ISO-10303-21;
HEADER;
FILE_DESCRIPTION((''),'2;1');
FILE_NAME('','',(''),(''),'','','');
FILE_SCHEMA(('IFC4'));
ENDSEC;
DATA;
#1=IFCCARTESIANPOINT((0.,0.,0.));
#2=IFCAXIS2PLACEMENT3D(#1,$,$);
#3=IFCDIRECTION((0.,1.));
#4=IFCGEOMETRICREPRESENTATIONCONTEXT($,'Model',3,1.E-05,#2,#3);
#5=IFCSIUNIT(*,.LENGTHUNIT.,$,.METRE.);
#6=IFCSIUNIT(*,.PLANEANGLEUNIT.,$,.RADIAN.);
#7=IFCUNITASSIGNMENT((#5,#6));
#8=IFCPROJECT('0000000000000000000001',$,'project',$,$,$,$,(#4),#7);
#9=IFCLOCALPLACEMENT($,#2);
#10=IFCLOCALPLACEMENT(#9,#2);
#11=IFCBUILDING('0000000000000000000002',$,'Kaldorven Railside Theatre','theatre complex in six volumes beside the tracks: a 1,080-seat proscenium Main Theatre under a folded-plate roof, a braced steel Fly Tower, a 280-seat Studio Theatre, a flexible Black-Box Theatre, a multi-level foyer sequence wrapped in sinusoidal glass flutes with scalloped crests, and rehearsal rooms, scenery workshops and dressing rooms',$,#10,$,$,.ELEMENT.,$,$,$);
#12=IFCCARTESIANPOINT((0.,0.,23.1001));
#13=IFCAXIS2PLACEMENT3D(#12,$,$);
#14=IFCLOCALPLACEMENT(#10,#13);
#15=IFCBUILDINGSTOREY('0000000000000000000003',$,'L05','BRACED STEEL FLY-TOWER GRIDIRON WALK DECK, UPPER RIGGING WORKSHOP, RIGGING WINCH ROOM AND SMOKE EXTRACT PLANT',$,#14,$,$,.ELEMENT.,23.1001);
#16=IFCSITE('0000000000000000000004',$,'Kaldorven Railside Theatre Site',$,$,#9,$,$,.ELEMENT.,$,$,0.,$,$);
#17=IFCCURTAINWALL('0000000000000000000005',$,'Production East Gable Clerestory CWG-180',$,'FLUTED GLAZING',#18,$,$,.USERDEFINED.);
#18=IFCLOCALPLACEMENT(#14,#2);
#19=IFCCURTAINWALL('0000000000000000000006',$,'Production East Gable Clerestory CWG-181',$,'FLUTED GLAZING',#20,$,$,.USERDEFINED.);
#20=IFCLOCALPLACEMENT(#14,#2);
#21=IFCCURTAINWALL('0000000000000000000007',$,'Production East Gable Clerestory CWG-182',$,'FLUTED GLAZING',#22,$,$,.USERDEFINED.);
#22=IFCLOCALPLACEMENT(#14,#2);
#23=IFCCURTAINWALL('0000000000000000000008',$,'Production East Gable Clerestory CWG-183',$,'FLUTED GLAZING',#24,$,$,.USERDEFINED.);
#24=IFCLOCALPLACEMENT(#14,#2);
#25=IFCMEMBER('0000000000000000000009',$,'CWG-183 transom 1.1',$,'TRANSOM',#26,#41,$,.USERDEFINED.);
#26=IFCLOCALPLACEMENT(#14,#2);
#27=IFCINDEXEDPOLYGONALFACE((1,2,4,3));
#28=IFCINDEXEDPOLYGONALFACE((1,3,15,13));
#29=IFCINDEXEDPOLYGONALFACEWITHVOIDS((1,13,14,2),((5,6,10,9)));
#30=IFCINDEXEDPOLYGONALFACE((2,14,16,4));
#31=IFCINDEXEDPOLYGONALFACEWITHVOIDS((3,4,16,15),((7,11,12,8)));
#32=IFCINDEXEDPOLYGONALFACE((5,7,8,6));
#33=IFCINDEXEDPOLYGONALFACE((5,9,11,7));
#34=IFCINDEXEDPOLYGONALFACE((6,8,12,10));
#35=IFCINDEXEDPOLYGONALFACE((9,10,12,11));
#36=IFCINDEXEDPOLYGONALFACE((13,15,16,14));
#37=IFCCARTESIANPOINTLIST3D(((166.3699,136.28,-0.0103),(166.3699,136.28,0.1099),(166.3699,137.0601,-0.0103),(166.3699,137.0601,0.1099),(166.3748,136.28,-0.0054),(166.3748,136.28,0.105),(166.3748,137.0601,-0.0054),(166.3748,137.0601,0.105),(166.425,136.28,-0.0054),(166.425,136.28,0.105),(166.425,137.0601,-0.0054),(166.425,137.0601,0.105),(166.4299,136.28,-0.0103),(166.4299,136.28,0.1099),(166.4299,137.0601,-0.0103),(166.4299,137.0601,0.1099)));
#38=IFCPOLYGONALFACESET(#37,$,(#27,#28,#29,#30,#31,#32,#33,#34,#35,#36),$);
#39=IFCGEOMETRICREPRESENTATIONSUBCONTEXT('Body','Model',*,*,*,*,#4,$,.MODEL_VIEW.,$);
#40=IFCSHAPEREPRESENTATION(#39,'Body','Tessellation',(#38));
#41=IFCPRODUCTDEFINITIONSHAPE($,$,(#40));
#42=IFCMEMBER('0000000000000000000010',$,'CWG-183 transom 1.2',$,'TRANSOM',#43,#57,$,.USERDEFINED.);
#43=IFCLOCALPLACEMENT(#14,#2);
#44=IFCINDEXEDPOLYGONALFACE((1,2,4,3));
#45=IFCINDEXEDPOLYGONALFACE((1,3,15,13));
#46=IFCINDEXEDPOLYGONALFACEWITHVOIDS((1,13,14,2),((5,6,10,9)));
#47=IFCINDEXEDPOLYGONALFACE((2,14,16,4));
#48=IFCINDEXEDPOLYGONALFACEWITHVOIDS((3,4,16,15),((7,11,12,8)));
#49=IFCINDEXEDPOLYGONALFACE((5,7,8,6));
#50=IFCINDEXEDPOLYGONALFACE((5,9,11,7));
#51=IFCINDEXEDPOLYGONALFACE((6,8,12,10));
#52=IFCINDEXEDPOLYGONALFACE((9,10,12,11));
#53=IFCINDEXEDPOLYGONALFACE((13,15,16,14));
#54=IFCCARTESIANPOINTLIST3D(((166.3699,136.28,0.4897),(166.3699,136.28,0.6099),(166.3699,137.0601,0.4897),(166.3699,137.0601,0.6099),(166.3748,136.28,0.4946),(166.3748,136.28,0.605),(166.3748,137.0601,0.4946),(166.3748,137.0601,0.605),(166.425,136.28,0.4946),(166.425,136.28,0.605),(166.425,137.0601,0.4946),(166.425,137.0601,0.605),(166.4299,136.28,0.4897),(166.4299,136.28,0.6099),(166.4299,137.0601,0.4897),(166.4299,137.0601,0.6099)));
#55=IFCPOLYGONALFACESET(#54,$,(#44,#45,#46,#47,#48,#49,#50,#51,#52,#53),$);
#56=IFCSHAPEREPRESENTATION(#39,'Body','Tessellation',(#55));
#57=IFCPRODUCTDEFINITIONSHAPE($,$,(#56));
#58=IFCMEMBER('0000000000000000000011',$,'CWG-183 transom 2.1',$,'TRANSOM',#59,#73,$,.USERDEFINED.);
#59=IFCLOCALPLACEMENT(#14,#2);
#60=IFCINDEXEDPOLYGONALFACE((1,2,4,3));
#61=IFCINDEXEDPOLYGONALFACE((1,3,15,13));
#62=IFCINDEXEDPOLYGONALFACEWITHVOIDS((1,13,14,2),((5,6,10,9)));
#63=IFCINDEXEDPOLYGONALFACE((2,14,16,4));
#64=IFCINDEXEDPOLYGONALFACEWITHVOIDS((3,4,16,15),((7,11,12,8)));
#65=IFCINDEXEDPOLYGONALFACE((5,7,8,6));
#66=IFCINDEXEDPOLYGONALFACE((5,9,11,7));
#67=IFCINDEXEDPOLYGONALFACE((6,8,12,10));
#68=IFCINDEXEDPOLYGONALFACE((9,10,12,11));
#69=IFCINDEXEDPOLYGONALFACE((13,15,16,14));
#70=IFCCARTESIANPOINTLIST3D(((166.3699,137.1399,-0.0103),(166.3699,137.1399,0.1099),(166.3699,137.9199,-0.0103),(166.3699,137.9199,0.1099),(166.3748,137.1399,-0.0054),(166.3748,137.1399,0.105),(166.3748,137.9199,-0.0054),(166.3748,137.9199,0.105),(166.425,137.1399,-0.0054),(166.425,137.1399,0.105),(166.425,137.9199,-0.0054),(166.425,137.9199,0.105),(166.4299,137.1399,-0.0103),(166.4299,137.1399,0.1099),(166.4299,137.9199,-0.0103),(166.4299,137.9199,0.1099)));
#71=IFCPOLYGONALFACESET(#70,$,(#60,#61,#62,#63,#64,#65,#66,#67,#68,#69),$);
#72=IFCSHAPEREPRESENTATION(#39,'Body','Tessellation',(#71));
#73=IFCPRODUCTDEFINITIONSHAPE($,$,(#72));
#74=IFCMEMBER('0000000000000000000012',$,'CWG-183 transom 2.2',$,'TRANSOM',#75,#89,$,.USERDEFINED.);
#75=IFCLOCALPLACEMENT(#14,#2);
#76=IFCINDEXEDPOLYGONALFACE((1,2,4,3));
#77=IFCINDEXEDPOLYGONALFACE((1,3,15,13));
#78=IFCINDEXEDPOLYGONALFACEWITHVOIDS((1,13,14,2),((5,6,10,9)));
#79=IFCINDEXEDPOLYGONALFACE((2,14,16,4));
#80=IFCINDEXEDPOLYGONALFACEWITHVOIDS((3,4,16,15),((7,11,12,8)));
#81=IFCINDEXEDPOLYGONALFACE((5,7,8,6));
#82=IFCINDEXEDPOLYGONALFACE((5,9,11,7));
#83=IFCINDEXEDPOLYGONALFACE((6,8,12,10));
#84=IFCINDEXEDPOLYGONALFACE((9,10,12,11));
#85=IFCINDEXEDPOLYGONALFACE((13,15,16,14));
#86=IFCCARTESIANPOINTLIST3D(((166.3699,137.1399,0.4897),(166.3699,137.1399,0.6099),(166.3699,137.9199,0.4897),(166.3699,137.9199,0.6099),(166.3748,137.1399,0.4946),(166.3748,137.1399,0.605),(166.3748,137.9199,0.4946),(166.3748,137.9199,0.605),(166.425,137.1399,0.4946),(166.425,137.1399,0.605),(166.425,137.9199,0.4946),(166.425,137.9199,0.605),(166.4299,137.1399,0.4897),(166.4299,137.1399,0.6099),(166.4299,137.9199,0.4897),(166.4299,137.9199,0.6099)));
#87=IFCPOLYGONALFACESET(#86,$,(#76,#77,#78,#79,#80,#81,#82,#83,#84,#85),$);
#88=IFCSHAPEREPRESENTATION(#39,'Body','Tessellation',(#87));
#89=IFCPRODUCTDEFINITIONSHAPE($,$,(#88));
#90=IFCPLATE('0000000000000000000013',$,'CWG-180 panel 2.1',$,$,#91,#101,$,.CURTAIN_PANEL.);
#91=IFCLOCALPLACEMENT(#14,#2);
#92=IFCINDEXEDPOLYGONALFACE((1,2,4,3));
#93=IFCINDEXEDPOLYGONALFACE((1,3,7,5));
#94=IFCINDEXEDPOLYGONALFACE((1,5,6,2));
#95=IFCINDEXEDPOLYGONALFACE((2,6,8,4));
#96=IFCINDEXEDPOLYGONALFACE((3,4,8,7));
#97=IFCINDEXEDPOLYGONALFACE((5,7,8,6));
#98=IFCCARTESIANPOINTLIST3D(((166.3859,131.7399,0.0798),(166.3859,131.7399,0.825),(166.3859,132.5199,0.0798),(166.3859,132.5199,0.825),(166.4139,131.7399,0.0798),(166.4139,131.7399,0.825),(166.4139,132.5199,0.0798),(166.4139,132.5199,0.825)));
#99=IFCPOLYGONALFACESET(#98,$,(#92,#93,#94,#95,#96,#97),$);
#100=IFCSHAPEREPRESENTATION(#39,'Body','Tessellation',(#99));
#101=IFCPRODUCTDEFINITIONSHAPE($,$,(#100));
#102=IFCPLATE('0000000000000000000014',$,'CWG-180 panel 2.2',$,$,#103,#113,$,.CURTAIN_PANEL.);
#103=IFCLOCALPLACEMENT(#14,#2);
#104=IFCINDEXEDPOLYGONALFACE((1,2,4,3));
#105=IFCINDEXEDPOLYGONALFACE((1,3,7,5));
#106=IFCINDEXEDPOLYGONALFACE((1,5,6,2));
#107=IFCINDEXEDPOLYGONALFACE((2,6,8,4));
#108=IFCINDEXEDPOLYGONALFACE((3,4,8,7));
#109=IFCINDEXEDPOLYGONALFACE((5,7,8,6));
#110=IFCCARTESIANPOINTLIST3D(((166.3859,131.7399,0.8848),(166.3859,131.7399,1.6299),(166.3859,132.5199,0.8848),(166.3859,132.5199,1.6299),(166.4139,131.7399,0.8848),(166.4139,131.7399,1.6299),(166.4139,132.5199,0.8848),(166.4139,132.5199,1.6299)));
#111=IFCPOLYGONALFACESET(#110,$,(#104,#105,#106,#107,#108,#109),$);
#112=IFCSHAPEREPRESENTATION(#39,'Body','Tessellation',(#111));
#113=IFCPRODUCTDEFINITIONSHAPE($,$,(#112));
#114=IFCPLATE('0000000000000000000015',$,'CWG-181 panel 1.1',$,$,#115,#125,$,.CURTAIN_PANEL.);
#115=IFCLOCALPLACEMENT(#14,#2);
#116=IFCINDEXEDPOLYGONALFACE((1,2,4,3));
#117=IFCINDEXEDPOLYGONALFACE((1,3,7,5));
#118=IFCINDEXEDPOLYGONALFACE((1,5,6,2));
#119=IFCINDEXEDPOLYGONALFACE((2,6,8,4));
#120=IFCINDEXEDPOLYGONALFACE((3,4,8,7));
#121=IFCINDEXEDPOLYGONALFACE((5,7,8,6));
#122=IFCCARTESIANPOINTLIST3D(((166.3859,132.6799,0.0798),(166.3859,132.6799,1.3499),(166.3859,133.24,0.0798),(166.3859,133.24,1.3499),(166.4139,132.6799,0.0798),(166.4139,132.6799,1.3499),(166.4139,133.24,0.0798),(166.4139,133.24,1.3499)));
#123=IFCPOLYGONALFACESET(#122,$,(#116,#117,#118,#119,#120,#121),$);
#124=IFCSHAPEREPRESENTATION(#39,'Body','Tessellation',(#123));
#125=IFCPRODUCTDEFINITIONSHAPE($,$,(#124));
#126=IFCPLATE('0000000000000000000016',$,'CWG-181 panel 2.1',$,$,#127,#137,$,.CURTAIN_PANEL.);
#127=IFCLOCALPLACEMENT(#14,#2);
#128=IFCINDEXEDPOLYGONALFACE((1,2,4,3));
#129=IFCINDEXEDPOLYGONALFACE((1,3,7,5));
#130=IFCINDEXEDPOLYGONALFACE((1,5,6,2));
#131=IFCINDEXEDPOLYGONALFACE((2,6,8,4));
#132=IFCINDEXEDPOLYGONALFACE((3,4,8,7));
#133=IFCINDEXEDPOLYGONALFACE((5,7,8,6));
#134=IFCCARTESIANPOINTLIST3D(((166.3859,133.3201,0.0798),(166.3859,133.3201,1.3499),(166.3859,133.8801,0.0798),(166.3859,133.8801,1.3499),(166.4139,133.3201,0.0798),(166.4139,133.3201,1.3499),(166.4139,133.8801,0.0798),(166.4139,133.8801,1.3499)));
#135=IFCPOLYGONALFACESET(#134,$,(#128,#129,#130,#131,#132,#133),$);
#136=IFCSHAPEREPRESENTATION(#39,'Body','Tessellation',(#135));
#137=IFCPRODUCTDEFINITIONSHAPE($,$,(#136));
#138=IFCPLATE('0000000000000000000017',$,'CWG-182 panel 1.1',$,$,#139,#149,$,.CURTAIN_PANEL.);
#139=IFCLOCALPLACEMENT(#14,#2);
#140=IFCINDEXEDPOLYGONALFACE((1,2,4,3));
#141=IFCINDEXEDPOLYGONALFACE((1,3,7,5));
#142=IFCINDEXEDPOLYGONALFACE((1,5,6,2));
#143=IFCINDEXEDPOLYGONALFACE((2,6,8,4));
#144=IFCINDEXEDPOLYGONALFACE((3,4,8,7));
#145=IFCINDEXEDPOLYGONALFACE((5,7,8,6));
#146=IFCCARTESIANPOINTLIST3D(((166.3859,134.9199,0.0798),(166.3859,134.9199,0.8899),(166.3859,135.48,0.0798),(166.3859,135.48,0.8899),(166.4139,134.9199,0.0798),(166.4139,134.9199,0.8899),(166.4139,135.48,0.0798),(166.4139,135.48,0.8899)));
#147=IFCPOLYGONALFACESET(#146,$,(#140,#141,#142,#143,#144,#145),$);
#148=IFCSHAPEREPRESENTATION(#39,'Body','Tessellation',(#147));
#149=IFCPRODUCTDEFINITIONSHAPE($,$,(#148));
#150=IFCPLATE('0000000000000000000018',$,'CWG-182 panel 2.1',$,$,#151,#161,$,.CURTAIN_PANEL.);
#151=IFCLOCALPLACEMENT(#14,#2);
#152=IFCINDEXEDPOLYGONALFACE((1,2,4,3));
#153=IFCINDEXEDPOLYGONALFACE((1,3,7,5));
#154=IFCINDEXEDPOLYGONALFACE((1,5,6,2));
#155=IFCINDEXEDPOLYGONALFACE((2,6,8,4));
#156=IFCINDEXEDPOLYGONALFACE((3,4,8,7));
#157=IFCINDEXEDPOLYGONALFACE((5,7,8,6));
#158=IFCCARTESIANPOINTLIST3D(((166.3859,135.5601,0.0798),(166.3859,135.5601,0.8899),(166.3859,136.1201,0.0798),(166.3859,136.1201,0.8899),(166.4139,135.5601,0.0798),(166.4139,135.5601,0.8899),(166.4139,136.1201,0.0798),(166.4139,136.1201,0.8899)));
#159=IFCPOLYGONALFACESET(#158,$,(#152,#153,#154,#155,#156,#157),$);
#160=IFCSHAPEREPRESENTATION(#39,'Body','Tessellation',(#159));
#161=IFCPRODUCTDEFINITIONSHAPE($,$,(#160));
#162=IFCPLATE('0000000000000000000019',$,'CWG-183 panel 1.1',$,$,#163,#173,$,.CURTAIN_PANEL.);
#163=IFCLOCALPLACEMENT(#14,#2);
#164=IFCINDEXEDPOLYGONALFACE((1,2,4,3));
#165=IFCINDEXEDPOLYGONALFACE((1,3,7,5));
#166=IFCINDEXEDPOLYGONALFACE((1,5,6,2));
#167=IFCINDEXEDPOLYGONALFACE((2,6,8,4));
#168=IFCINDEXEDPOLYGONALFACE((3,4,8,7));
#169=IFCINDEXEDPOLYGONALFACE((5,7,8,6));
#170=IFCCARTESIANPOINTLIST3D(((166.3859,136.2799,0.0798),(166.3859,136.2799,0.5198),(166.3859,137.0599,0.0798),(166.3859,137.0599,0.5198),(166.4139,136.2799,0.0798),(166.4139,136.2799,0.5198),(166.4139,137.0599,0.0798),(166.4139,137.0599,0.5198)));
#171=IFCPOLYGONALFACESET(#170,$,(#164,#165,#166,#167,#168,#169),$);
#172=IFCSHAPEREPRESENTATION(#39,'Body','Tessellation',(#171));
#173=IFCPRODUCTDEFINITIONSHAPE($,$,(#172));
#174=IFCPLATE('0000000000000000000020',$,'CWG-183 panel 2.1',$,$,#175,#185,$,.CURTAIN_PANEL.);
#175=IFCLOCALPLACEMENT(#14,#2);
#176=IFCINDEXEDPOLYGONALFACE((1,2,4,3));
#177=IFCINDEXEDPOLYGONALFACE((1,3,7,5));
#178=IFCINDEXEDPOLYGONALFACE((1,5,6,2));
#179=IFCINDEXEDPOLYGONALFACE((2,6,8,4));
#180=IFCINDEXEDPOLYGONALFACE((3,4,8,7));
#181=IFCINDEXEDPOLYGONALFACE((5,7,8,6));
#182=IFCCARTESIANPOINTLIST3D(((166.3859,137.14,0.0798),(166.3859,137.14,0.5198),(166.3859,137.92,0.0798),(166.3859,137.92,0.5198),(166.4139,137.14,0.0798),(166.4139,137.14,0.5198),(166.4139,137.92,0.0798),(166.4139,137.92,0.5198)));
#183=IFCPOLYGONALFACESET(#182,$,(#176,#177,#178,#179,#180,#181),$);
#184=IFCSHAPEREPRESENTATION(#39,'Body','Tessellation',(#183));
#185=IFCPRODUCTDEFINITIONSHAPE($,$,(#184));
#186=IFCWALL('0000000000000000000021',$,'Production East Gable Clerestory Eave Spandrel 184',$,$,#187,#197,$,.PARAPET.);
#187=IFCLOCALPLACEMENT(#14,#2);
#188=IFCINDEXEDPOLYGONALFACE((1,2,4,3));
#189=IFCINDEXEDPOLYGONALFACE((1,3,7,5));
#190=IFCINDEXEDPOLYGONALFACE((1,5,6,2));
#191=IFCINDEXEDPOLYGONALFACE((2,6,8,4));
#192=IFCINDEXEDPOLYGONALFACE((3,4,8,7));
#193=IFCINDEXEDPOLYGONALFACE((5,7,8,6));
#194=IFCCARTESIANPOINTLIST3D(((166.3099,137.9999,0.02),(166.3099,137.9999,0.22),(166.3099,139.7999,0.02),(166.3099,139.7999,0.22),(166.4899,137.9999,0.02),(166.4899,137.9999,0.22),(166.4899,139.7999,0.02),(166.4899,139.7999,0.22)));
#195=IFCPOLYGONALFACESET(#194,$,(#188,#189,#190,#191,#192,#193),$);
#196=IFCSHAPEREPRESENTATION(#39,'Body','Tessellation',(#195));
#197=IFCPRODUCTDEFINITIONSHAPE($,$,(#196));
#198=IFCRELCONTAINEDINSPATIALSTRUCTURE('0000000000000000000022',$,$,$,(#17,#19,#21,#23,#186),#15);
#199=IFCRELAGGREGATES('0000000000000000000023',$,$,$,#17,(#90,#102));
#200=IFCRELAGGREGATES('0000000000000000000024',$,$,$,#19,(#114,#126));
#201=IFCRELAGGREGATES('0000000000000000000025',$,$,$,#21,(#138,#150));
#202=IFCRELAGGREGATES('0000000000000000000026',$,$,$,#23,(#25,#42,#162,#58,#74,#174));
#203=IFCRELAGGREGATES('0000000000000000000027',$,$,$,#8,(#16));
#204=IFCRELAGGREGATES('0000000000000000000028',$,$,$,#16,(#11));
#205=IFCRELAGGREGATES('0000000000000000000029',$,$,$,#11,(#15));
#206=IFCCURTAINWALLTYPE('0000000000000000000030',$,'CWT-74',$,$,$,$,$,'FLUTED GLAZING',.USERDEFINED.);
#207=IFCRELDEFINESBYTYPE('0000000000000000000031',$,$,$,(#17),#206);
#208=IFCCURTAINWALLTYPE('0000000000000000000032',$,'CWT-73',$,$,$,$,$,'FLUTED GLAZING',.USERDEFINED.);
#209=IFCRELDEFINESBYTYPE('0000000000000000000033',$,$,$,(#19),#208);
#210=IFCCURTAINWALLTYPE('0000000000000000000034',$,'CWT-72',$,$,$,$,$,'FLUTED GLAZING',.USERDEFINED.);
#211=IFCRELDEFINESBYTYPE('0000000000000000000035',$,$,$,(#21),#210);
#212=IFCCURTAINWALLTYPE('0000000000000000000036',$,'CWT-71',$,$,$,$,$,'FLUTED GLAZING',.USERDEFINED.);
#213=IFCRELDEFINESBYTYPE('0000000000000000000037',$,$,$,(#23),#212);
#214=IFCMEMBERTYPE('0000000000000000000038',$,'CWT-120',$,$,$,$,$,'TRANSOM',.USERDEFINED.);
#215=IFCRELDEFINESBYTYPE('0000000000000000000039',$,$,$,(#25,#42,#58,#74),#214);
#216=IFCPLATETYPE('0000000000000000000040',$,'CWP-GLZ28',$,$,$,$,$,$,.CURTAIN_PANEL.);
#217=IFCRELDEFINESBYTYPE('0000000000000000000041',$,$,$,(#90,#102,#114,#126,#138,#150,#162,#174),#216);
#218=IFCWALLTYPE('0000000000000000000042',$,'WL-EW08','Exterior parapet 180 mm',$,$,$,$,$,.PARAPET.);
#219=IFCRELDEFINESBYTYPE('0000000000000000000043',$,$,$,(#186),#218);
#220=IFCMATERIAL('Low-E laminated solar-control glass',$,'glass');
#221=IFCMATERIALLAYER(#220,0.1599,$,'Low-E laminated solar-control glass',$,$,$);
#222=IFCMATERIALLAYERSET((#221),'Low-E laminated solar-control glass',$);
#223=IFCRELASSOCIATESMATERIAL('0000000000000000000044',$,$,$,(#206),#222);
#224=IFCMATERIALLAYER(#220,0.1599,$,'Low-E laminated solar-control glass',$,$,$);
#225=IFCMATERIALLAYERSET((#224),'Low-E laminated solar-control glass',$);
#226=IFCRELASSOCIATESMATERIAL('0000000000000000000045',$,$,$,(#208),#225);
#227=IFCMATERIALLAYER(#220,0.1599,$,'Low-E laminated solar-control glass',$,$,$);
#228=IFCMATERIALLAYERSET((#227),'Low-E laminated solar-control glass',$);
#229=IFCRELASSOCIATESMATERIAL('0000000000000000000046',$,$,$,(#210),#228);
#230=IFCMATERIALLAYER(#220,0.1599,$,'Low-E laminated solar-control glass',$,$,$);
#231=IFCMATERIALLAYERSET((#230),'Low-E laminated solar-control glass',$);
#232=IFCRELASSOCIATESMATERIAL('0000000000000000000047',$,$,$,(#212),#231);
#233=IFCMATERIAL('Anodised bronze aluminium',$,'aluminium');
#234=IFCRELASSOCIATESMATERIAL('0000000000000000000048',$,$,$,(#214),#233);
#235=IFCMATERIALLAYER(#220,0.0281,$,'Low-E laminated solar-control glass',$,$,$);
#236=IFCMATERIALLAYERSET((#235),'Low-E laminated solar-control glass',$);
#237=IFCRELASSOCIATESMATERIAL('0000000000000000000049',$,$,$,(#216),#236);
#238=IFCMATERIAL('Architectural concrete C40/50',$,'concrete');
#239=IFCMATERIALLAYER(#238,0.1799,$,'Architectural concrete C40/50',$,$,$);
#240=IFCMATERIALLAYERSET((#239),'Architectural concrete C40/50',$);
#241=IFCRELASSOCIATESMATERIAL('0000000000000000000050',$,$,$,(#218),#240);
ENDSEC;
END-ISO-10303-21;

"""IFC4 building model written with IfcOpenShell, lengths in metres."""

from ifc_helpers import new_model, si_unit, direction, frame, frame_2d, origin, origin_2d, place, context, subcontext, project, spatial, rectangle, hollow_rectangle, extrude, material, layer, layer_set, material_profile, profile_set, type_object, element, aggregate, save


model = new_model("IFC4")

# Units and contexts
model_context = context("Model", 3, precision=1e-05, world=origin(), true_north=direction((0.0, 1.0)))
body_context = subcontext(model_context, "Body", "Model", "MODEL_VIEW")
ifc_project = project(units=[si_unit("LENGTHUNIT", "METRE"), si_unit("PLANEANGLEUNIT", "RADIAN")], contexts=[model_context])

# Site, building, storey
site_placement = place(None, origin())
site = spatial("IfcSite", under=ifc_project, at=site_placement, Name="Kaldorven Railside Theatre Site", CompositionType="ELEMENT", RefElevation=0.0)
building_placement = place(site_placement, origin())
building = spatial("IfcBuilding", under=site, at=building_placement, Name="Kaldorven Railside Theatre", Description="theatre complex in six volumes beside the tracks: a 1,080-seat proscenium Main Theatre under a folded-plate roof, a braced steel Fly Tower, a 280-seat Studio Theatre, a flexible Black-Box Theatre, a multi-level foyer sequence wrapped in sinusoidal glass flutes with scalloped crests, and rehearsal rooms, scenery workshops and dressing rooms", CompositionType="ELEMENT")
storey_placement = place(building_placement, frame((0.0, 0.0, 23.1001)))
storey = spatial("IfcBuildingStorey", under=building, at=storey_placement, Name="L05", Description="BRACED STEEL FLY-TOWER GRIDIRON WALK DECK, UPPER RIGGING WORKSHOP, RIGGING WINCH ROOM AND SMOKE EXTRACT PLANT", CompositionType="ELEMENT", Elevation=23.1001)

# Curtain walls
ifc_material_1 = material(Name="Low-E laminated solar-control glass", Category="glass")
ifc_layer_1 = layer(ifc_material_1, 0.1599, Name="Low-E laminated solar-control glass")
ifc_layer_set_1 = layer_set([ifc_layer_1], Name="Low-E laminated solar-control glass")
curtain_wall_type_1 = type_object("IfcCurtainWallType", Name="CWT-74", ElementType="FLUTED GLAZING", PredefinedType="USERDEFINED", material=ifc_layer_set_1)
curtain_wall_1_placement = place(storey_placement, origin())
curtain_wall_1 = element("IfcCurtainWall", 1, at=curtain_wall_1_placement, inside=storey, type_object=curtain_wall_type_1, Name="Production East Gable Clerestory CWG-180", ObjectType="FLUTED GLAZING", PredefinedType="USERDEFINED")
ifc_material_2 = material(Name="Anodised bronze aluminium", Category="aluminium")
ifc_layer_2 = layer(ifc_material_1, 0.1599, Name="Low-E laminated solar-control glass")
ifc_layer_set_2 = layer_set([ifc_layer_2], Name="Low-E laminated solar-control glass")
curtain_wall_type_2 = type_object("IfcCurtainWallType", Name="CWT-73", ElementType="FLUTED GLAZING", PredefinedType="USERDEFINED", material=ifc_layer_set_2)
curtain_wall_2_placement = place(storey_placement, origin())
curtain_wall_2 = element("IfcCurtainWall", 2, at=curtain_wall_2_placement, inside=storey, type_object=curtain_wall_type_2, Name="Production East Gable Clerestory CWG-181", ObjectType="FLUTED GLAZING", PredefinedType="USERDEFINED")
ifc_layer_3 = layer(ifc_material_1, 0.1599, Name="Low-E laminated solar-control glass")
ifc_layer_set_3 = layer_set([ifc_layer_3], Name="Low-E laminated solar-control glass")
curtain_wall_type_3 = type_object("IfcCurtainWallType", Name="CWT-72", ElementType="FLUTED GLAZING", PredefinedType="USERDEFINED", material=ifc_layer_set_3)
curtain_wall_3_placement = place(storey_placement, origin())
curtain_wall_3 = element("IfcCurtainWall", 3, at=curtain_wall_3_placement, inside=storey, type_object=curtain_wall_type_3, Name="Production East Gable Clerestory CWG-182", ObjectType="FLUTED GLAZING", PredefinedType="USERDEFINED")
ifc_layer_4 = layer(ifc_material_1, 0.1599, Name="Low-E laminated solar-control glass")
ifc_layer_set_4 = layer_set([ifc_layer_4], Name="Low-E laminated solar-control glass")
curtain_wall_type_4 = type_object("IfcCurtainWallType", Name="CWT-71", ElementType="FLUTED GLAZING", PredefinedType="USERDEFINED", material=ifc_layer_set_4)
curtain_wall_4_placement = place(storey_placement, origin())
curtain_wall_4 = element("IfcCurtainWall", 4, at=curtain_wall_4_placement, inside=storey, type_object=curtain_wall_type_4, Name="Production East Gable Clerestory CWG-183", ObjectType="FLUTED GLAZING", PredefinedType="USERDEFINED")

# Members
ifc_material_profile_1 = material_profile(ifc_material_2, hollow_rectangle(XDim=0.0601, YDim=0.1201, WallThickness=0.0049, at=origin_2d()), Name="RHS 120x60x5")
ifc_profile_set_1 = profile_set([ifc_material_profile_1], Name="Anodised bronze aluminium")
member_type_1 = type_object("IfcMemberType", Name="CWT-120", ElementType="TRANSOM", PredefinedType="USERDEFINED", material=ifc_profile_set_1)
member_1_placement = place(storey_placement, frame((166.3999, 136.28, 0.0498), z_axis=(0.0, 1.0, 0.0), x_axis=(-1.0, 0.0, 0.0)))
member_1 = element("IfcMember", 5, at=member_1_placement, type_object=member_type_1, Name="CWG-183 transom 1.1", ObjectType="TRANSOM", PredefinedType="USERDEFINED", context=body_context, shape_type="SweptSolid", body=[
    extrude(hollow_rectangle(XDim=0.0601, YDim=0.1201, WallThickness=0.0049, at=origin_2d()), origin(), (0.0, 0.0, 1.0), 0.78),
])
member_2_placement = place(storey_placement, frame((166.3999, 136.28, 0.5498), z_axis=(0.0, 1.0, 0.0), x_axis=(-1.0, 0.0, 0.0)))
member_2 = element("IfcMember", 6, at=member_2_placement, type_object=member_type_1, Name="CWG-183 transom 1.2", ObjectType="TRANSOM", PredefinedType="USERDEFINED", context=body_context, shape_type="SweptSolid", body=[
    extrude(hollow_rectangle(XDim=0.0601, YDim=0.1201, WallThickness=0.0049, at=origin_2d()), origin(), (0.0, 0.0, 1.0), 0.78),
])
member_3_placement = place(storey_placement, frame((166.3999, 137.1399, 0.0498), z_axis=(0.0, 1.0, 0.0), x_axis=(-1.0, 0.0, 0.0)))
member_3 = element("IfcMember", 7, at=member_3_placement, type_object=member_type_1, Name="CWG-183 transom 2.1", ObjectType="TRANSOM", PredefinedType="USERDEFINED", context=body_context, shape_type="SweptSolid", body=[
    extrude(hollow_rectangle(XDim=0.0601, YDim=0.1201, WallThickness=0.0049, at=origin_2d()), origin(), (0.0, 0.0, 1.0), 0.78),
])
member_4_placement = place(storey_placement, frame((166.3999, 137.1399, 0.5498), z_axis=(0.0, 1.0, 0.0), x_axis=(-1.0, 0.0, 0.0)))
member_4 = element("IfcMember", 8, at=member_4_placement, type_object=member_type_1, Name="CWG-183 transom 2.2", ObjectType="TRANSOM", PredefinedType="USERDEFINED", context=body_context, shape_type="SweptSolid", body=[
    extrude(hollow_rectangle(XDim=0.0601, YDim=0.1201, WallThickness=0.0049, at=origin_2d()), origin(), (0.0, 0.0, 1.0), 0.78),
])

# Plates
ifc_layer_5 = layer(ifc_material_1, 0.0281, Name="Low-E laminated solar-control glass")
ifc_layer_set_5 = layer_set([ifc_layer_5], Name="Low-E laminated solar-control glass")
plate_type = type_object("IfcPlateType", Name="CWP-GLZ28", PredefinedType="CURTAIN_PANEL", material=ifc_layer_set_5)
plate_1_placement = place(storey_placement, frame((166.3999, 132.1299, 0.0798), z_axis=(0.0, 0.0, 1.0), x_axis=(0.0, 1.0, 0.0)))
plate_1 = element("IfcPlate", 9, at=plate_1_placement, type_object=plate_type, Name="CWG-180 panel 2.1", PredefinedType="CURTAIN_PANEL", context=body_context, shape_type="SweptSolid", body=[
    extrude(rectangle(XDim=0.78, YDim=0.0281, at=origin_2d()), origin(), (0.0, 0.0, 1.0), 0.7451),
])
plate_2_placement = place(storey_placement, frame((166.3999, 132.1299, 0.8848), z_axis=(0.0, 0.0, 1.0), x_axis=(0.0, 1.0, 0.0)))
plate_2 = element("IfcPlate", 10, at=plate_2_placement, type_object=plate_type, Name="CWG-180 panel 2.2", PredefinedType="CURTAIN_PANEL", context=body_context, shape_type="SweptSolid", body=[
    extrude(rectangle(XDim=0.78, YDim=0.0281, at=origin_2d()), origin(), (0.0, 0.0, 1.0), 0.7451),
])
aggregate(curtain_wall_1, [plate_1, plate_2])
plate_3_placement = place(storey_placement, frame((166.3999, 132.96, 0.0798), z_axis=(0.0, 0.0, 1.0), x_axis=(0.0, 1.0, 0.0)))
plate_3 = element("IfcPlate", 11, at=plate_3_placement, type_object=plate_type, Name="CWG-181 panel 1.1", PredefinedType="CURTAIN_PANEL", context=body_context, shape_type="SweptSolid", body=[
    extrude(rectangle(XDim=0.5601, YDim=0.0281, at=origin_2d()), origin(), (0.0, 0.0, 1.0), 1.27),
])
plate_4_placement = place(storey_placement, frame((166.3999, 133.6001, 0.0798), z_axis=(0.0, 0.0, 1.0), x_axis=(0.0, 1.0, 0.0)))
plate_4 = element("IfcPlate", 12, at=plate_4_placement, type_object=plate_type, Name="CWG-181 panel 2.1", PredefinedType="CURTAIN_PANEL", context=body_context, shape_type="SweptSolid", body=[
    extrude(rectangle(XDim=0.5601, YDim=0.0281, at=origin_2d()), origin(), (0.0, 0.0, 1.0), 1.27),
])
aggregate(curtain_wall_2, [plate_3, plate_4])
plate_5_placement = place(storey_placement, frame((166.3999, 135.2, 0.0798), z_axis=(0.0, 0.0, 1.0), x_axis=(0.0, 1.0, 0.0)))
plate_5 = element("IfcPlate", 13, at=plate_5_placement, type_object=plate_type, Name="CWG-182 panel 1.1", PredefinedType="CURTAIN_PANEL", context=body_context, shape_type="SweptSolid", body=[
    extrude(rectangle(XDim=0.5601, YDim=0.0281, at=origin_2d()), origin(), (0.0, 0.0, 1.0), 0.8101),
])
plate_6_placement = place(storey_placement, frame((166.3999, 135.8401, 0.0798), z_axis=(0.0, 0.0, 1.0), x_axis=(0.0, 1.0, 0.0)))
plate_6 = element("IfcPlate", 14, at=plate_6_placement, type_object=plate_type, Name="CWG-182 panel 2.1", PredefinedType="CURTAIN_PANEL", context=body_context, shape_type="SweptSolid", body=[
    extrude(rectangle(XDim=0.5601, YDim=0.0281, at=origin_2d()), origin(), (0.0, 0.0, 1.0), 0.8101),
])
aggregate(curtain_wall_3, [plate_5, plate_6])
plate_7_placement = place(storey_placement, frame((166.3999, 136.6699, 0.0798), z_axis=(0.0, 0.0, 1.0), x_axis=(0.0, 1.0, 0.0)))
plate_7 = element("IfcPlate", 15, at=plate_7_placement, type_object=plate_type, Name="CWG-183 panel 1.1", PredefinedType="CURTAIN_PANEL", context=body_context, shape_type="SweptSolid", body=[
    extrude(rectangle(XDim=0.78, YDim=0.0281, at=origin_2d()), origin(), (0.0, 0.0, 1.0), 0.4399),
])
plate_8_placement = place(storey_placement, frame((166.3999, 137.53, 0.0798), z_axis=(0.0, 0.0, 1.0), x_axis=(0.0, 1.0, 0.0)))
plate_8 = element("IfcPlate", 16, at=plate_8_placement, type_object=plate_type, Name="CWG-183 panel 2.1", PredefinedType="CURTAIN_PANEL", context=body_context, shape_type="SweptSolid", body=[
    extrude(rectangle(XDim=0.78, YDim=0.0281, at=origin_2d()), origin(), (0.0, 0.0, 1.0), 0.4399),
])
aggregate(curtain_wall_4, [member_1, member_2, plate_7, member_3, member_4, plate_8])

# Wall
ifc_material_3 = material(Name="Architectural concrete C40/50", Category="concrete")
ifc_layer_6 = layer(ifc_material_3, 0.1799, Name="Architectural concrete C40/50")
ifc_layer_set_6 = layer_set([ifc_layer_6], Name="Architectural concrete C40/50")
wall_type = type_object("IfcWallType", Name="WL-EW08", Description="Exterior parapet 180 mm", PredefinedType="PARAPET", material=ifc_layer_set_6)
wall_placement = place(storey_placement, frame((166.3999, 138.0, 0.02), z_axis=(0.0, 0.0, 1.0), x_axis=(0.0, 1.0, 0.0)))
element("IfcWall", 17, at=wall_placement, inside=storey, type_object=wall_type, Name="Production East Gable Clerestory Eave Spandrel 184", PredefinedType="PARAPET", context=body_context, shape_type="SweptSolid", body=[
    extrude(rectangle(XDim=1.8, YDim=0.1799, at=frame_2d((0.8999, 0.0))), origin(), (0.0, 0.0, 1.0), 0.2),
])

save(model, "model.ifc")
